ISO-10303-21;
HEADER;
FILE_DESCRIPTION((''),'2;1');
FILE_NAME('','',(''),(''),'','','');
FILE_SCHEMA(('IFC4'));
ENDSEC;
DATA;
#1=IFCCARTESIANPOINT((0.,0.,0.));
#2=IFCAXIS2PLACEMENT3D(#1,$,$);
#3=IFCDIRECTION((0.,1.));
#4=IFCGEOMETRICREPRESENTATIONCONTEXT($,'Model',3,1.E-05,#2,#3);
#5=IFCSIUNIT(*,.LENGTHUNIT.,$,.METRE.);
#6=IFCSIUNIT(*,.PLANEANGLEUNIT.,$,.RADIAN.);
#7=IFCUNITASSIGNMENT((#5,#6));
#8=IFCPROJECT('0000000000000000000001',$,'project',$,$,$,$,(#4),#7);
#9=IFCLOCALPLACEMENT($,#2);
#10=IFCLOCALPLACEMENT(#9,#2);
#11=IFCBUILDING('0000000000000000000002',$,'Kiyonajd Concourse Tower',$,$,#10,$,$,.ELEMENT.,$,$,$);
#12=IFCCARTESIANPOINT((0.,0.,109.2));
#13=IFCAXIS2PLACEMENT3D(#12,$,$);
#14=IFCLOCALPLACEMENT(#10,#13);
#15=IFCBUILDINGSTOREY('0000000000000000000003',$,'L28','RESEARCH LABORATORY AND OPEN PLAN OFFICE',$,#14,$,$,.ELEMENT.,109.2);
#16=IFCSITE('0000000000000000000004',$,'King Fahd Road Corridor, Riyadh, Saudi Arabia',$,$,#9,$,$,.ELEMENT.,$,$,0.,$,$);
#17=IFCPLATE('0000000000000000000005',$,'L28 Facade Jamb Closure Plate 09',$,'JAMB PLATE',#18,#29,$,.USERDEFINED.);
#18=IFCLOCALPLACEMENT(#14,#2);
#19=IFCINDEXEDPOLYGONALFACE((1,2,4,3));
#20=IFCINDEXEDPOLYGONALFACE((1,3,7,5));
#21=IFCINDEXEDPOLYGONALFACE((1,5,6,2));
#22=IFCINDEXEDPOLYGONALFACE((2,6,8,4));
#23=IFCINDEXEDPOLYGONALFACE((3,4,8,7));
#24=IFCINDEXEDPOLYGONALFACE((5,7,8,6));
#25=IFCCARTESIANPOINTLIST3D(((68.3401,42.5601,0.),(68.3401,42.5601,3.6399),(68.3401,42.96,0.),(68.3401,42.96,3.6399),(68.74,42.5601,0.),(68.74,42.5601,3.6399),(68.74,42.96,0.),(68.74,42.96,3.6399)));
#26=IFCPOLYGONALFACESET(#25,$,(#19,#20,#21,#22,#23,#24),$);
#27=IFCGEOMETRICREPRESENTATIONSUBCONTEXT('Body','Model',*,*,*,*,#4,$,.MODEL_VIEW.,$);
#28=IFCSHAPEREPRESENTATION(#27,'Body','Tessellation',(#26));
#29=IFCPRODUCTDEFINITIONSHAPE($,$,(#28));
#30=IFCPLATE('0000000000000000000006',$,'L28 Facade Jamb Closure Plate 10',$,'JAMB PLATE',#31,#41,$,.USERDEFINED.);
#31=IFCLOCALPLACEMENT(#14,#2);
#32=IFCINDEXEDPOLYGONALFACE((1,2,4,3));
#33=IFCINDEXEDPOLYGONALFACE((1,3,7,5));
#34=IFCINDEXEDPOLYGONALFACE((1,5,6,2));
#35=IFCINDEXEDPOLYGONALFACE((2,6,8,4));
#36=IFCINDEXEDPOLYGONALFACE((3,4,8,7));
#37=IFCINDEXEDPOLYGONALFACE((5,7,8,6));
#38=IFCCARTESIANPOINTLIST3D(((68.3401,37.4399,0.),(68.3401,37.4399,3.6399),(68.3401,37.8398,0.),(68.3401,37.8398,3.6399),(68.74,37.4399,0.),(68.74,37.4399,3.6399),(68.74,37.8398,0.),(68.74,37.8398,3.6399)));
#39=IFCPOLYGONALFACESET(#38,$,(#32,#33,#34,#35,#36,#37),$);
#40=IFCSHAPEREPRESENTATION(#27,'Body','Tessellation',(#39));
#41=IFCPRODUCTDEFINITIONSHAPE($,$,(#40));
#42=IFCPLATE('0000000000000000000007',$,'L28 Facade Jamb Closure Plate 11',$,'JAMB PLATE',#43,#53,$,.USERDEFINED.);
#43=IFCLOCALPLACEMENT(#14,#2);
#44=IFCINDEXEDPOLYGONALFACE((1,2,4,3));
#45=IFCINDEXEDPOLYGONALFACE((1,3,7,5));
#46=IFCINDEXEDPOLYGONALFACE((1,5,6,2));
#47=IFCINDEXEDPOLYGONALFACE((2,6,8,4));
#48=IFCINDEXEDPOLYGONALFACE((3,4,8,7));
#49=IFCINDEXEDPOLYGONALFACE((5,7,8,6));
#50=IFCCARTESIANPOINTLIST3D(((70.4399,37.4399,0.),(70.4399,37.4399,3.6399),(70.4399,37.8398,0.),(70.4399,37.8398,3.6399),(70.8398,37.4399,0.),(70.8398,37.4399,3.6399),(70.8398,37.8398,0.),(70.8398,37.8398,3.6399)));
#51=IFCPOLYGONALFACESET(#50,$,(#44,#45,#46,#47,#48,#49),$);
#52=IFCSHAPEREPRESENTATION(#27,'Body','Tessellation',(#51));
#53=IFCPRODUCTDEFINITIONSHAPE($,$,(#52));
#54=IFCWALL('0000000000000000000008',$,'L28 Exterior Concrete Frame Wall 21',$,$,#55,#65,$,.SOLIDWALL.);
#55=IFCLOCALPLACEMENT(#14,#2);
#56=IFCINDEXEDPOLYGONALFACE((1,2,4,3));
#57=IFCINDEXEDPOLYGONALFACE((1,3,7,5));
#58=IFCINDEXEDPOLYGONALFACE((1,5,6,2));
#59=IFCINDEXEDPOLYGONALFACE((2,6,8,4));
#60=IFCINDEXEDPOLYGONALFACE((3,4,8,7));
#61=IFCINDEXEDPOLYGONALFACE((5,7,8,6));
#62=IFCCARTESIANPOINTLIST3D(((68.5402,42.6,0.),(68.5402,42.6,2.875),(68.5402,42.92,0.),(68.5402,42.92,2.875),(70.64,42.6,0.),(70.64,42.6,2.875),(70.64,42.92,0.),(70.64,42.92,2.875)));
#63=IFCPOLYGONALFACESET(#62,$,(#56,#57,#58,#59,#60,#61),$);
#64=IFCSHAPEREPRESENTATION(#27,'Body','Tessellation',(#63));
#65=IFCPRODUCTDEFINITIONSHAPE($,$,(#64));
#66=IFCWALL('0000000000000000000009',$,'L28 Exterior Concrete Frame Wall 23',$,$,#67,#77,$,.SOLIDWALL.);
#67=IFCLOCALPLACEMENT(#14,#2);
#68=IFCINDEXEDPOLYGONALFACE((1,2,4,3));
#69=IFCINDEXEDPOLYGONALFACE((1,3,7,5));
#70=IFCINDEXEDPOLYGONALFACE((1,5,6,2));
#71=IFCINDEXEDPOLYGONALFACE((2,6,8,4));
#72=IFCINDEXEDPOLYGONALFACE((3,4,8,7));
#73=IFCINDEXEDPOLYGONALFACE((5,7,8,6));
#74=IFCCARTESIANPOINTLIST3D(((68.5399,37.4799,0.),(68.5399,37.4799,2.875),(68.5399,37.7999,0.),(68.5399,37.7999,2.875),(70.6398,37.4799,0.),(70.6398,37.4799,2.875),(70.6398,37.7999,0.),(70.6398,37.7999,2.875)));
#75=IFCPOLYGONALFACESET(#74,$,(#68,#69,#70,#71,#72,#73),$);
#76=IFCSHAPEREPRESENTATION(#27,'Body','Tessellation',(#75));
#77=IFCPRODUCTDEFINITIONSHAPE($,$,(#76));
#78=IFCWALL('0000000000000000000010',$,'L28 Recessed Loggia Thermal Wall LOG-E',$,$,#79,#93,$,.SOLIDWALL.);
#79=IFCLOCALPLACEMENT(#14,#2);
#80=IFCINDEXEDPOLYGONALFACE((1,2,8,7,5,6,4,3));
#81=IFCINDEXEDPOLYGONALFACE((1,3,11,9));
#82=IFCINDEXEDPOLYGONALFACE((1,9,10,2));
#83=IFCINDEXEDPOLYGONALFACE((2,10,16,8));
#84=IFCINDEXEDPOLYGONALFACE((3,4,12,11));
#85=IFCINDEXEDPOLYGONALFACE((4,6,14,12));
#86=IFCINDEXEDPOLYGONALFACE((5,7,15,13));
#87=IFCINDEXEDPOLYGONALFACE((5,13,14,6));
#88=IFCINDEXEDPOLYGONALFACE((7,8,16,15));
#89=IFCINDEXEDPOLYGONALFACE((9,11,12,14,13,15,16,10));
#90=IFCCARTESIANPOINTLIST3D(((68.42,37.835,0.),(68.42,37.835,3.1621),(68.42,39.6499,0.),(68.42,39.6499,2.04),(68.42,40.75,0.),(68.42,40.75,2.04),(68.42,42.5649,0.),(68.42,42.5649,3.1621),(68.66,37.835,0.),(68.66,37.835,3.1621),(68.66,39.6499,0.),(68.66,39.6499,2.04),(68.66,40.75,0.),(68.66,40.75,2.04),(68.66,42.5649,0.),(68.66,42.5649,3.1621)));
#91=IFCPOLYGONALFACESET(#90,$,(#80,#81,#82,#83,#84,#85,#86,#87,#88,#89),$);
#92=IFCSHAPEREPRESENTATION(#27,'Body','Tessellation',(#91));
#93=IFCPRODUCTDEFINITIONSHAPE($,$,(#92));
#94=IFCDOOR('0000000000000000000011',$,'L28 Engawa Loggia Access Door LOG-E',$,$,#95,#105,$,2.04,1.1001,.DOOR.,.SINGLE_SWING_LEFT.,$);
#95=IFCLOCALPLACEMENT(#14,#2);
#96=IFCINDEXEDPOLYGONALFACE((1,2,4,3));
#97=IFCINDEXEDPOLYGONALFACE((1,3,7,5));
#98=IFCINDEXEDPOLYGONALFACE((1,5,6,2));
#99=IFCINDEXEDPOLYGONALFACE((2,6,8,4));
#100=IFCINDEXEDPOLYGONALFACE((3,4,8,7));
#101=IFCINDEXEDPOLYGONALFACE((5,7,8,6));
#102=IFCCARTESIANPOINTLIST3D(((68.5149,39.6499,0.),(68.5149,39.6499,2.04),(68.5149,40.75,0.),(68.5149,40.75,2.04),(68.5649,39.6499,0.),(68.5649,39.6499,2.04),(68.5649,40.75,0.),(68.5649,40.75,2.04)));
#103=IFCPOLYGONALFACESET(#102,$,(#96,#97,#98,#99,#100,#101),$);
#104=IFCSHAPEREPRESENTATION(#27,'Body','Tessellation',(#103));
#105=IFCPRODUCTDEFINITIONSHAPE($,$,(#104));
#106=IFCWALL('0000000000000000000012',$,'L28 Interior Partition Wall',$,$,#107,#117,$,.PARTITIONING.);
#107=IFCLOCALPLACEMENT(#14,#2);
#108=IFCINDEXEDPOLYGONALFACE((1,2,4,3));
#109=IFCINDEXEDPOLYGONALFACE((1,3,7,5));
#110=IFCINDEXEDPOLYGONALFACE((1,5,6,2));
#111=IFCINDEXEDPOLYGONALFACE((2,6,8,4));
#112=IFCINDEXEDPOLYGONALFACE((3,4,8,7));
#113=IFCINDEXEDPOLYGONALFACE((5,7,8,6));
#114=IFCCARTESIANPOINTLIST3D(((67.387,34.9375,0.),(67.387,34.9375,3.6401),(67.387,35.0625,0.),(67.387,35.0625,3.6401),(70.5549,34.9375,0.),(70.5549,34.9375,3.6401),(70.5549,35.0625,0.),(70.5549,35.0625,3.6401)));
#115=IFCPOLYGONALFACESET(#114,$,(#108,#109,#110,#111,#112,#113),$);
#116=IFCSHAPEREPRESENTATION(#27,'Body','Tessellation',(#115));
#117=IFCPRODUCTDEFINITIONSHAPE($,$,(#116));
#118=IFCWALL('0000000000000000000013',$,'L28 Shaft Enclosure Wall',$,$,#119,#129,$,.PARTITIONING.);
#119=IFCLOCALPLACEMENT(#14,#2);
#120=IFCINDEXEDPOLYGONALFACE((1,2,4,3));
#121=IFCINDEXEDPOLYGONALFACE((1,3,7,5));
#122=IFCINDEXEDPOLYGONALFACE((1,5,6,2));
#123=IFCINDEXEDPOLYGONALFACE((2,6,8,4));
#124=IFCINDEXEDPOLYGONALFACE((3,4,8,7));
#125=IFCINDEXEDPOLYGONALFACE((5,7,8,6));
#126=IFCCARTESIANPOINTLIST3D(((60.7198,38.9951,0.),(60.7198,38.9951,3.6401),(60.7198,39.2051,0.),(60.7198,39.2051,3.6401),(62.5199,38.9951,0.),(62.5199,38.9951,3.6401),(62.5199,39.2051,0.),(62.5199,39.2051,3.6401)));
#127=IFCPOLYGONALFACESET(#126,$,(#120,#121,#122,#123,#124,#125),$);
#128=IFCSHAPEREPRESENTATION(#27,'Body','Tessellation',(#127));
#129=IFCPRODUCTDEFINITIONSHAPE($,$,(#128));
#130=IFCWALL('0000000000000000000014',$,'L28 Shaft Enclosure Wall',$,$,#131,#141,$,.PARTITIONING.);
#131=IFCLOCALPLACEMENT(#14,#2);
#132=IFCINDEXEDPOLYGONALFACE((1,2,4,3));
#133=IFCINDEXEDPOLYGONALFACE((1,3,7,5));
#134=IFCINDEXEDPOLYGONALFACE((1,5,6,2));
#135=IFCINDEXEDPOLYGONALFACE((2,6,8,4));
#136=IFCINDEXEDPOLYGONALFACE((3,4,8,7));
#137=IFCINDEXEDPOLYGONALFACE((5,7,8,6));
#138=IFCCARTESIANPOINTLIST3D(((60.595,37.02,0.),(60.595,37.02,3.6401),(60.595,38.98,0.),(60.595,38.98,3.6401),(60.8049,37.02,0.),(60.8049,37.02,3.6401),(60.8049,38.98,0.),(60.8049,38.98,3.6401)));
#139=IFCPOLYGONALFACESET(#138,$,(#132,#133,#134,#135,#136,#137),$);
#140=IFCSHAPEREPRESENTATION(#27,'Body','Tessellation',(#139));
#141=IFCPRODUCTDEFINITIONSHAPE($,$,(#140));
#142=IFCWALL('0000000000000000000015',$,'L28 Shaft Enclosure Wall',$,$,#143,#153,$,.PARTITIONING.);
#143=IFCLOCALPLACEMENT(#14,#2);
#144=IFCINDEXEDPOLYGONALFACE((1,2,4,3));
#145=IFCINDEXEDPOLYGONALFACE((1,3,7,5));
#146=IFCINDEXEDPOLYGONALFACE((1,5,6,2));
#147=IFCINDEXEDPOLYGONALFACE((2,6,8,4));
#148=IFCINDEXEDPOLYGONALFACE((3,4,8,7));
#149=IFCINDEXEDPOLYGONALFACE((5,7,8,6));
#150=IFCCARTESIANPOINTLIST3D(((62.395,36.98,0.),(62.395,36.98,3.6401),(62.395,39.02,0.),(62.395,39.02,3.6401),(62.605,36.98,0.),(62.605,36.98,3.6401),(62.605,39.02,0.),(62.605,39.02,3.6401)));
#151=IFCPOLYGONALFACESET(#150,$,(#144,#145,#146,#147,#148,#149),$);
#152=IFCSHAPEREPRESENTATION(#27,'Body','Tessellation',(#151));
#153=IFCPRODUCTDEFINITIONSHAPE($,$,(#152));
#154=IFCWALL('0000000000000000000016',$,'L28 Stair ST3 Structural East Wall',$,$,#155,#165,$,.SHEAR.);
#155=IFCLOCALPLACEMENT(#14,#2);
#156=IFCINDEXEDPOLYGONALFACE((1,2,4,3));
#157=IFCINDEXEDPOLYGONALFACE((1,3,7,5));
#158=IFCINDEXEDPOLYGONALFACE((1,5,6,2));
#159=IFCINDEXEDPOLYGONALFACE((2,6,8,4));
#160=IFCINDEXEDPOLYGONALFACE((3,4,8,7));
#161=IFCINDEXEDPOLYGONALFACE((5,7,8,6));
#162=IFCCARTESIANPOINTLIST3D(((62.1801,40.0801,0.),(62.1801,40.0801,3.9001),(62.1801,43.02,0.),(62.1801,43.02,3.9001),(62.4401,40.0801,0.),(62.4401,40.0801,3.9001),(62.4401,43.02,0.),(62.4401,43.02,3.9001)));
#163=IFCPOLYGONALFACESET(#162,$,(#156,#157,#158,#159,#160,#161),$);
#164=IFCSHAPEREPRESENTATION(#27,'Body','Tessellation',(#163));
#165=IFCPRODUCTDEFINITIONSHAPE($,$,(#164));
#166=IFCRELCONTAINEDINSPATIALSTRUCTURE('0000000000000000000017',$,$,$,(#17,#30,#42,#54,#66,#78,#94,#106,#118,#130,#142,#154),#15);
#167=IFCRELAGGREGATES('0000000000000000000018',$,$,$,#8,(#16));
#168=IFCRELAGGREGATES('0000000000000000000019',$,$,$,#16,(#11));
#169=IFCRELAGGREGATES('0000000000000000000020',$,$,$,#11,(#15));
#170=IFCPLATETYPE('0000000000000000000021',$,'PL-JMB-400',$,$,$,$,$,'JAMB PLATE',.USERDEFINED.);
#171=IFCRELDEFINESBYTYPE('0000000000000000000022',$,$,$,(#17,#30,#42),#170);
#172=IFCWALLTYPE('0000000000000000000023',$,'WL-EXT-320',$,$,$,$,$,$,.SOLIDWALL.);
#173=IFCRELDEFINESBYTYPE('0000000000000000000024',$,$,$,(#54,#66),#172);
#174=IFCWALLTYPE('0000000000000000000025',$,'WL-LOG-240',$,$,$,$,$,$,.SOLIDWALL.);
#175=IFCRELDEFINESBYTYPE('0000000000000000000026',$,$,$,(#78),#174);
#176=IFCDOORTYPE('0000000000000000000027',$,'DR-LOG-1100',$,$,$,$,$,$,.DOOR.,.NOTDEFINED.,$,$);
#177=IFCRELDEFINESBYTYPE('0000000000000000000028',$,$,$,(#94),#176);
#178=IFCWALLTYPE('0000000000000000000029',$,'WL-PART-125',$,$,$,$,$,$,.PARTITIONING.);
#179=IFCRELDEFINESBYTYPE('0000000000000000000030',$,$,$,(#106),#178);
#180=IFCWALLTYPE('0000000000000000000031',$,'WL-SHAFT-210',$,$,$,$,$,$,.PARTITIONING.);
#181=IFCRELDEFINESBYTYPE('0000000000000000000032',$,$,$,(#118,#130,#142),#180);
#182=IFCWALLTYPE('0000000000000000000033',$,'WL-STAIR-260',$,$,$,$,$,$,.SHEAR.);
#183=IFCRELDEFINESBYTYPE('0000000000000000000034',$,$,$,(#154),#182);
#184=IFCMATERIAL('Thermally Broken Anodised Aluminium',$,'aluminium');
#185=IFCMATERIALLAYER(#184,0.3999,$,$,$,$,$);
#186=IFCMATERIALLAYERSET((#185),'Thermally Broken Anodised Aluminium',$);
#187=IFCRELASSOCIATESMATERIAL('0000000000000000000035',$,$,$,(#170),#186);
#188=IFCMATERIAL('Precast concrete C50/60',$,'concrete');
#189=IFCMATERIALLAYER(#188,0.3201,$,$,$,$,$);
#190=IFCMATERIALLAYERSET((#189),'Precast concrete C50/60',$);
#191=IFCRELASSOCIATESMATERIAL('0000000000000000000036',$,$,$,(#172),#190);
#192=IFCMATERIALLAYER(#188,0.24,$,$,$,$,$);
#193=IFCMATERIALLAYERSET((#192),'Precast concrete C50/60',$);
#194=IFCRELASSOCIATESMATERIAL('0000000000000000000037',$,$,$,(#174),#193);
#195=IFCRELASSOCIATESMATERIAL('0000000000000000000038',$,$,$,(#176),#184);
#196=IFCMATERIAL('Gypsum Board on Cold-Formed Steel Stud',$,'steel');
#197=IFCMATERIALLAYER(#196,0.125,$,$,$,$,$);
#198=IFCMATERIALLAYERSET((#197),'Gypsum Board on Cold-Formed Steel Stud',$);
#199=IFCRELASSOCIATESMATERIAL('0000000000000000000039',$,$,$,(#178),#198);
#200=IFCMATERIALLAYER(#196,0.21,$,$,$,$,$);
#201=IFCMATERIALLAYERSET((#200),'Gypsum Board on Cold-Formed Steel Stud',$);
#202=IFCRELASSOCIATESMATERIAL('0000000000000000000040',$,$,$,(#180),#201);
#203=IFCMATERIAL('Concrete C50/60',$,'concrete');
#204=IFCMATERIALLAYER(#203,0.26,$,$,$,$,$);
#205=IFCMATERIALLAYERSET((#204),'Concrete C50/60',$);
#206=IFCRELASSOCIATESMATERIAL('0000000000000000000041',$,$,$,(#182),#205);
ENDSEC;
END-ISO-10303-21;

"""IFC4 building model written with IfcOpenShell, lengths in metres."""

from ifc_helpers import new_model, si_unit, direction, frame, frame_2d, origin, origin_2d, place, context, subcontext, project, spatial, rectangle, extrude, material, layer, layer_set, type_object, element, fill, save


model = new_model("IFC4")

# Units and contexts
model_context = context("Model", 3, precision=1e-05, world=origin(), true_north=direction((0.0, 1.0)))
body_context = subcontext(model_context, "Body", "Model", "MODEL_VIEW")
ifc_project = project(units=[si_unit("LENGTHUNIT", "METRE"), si_unit("PLANEANGLEUNIT", "RADIAN")], contexts=[model_context])

# Site, building, storey
site_placement = place(None, origin())
site = spatial("IfcSite", under=ifc_project, at=site_placement, Name="King Fahd Road Corridor, Riyadh, Saudi Arabia", CompositionType="ELEMENT", RefElevation=0.0)
building_placement = place(site_placement, origin())
building = spatial("IfcBuilding", under=site, at=building_placement, Name="Kiyonajd Concourse Tower", CompositionType="ELEMENT")
storey_placement = place(building_placement, frame((0.0, 0.0, 109.2)))
storey = spatial("IfcBuildingStorey", under=building, at=storey_placement, Name="L28", Description="RESEARCH LABORATORY AND OPEN PLAN OFFICE", CompositionType="ELEMENT", Elevation=109.2)

# Shared definitions
ifc_material_1 = material(Name="Precast concrete C50/60", Category="concrete")

# Shared definitions
ifc_material_2 = material(Name="Thermally Broken Anodised Aluminium", Category="aluminium")

# Plates
ifc_layer_1 = layer(ifc_material_2, 0.3999)
ifc_layer_set_1 = layer_set([ifc_layer_1], Name="Thermally Broken Anodised Aluminium")
plate_type_1 = type_object("IfcPlateType", Name="PL-JMB-400", ElementType="JAMB PLATE", PredefinedType="USERDEFINED", material=ifc_layer_set_1)
for number, where, z_axis, x_axis, name in (
    (1, (68.54, 42.76, 0.0), (0.0, 0.0, 1.0), (1.0, 0.0, 0.0), "L28 Facade Jamb Closure Plate 09"),
    (2, (68.54, 37.6399, 0.0), (0.0, 0.0, 1.0), (1.0, 0.0, 0.0), "L28 Facade Jamb Closure Plate 10"),
    (3, (70.6399, 37.6399, 0.0), (0.0, 0.0, 1.0), (1.0, 0.0, 0.0), "L28 Facade Jamb Closure Plate 11"),
):
    element("IfcPlate", number, at=place(storey_placement, frame(where, z_axis=z_axis, x_axis=x_axis)), inside=storey, type_object=plate_type_1, Name=name, ObjectType="JAMB PLATE", PredefinedType="USERDEFINED", context=body_context, shape_type="SweptSolid", body=[
        extrude(rectangle(XDim=0.3999, YDim=0.3999, at=origin_2d()), origin(), (0.0, 0.0, 1.0), 3.6399),
    ])

# Walls
ifc_layer_2 = layer(ifc_material_1, 0.3201)
ifc_layer_set_2 = layer_set([ifc_layer_2], Name="Precast concrete C50/60")
wall_type_1 = type_object("IfcWallType", Name="WL-EXT-320", PredefinedType="SOLIDWALL", material=ifc_layer_set_2)
for number, where, z_axis, x_axis, name in (
    (4, (70.6399, 42.76, 0.0), (0.0, 0.0, 1.0), (-1.0, 0.0, 0.0), "L28 Exterior Concrete Frame Wall 21"),
    (5, (68.54, 37.6399, 0.0), (0.0, 0.0, 1.0), (1.0, 0.0, 0.0), "L28 Exterior Concrete Frame Wall 23"),
):
    element("IfcWall", number, at=place(storey_placement, frame(where, z_axis=z_axis, x_axis=x_axis)), inside=storey, type_object=wall_type_1, Name=name, PredefinedType="SOLIDWALL", context=body_context, shape_type="SweptSolid", body=[
        extrude(rectangle(XDim=2.0999, YDim=0.3201, at=frame_2d((1.0498, 0.0))), origin(), (0.0, 0.0, 1.0), 2.875),
    ])

# Wall, opening, door
ifc_layer_3 = layer(ifc_material_1, 0.24)
ifc_layer_set_3 = layer_set([ifc_layer_3], Name="Precast concrete C50/60")
wall_type_2 = type_object("IfcWallType", Name="WL-LOG-240", PredefinedType="SOLIDWALL", material=ifc_layer_set_3)
wall_1_placement = place(storey_placement, frame((68.54, 42.5649, 0.0), z_axis=(0.0, 0.0, 1.0), x_axis=(0.0, -1.0, 0.0)))
wall_1 = element("IfcWall", 6, at=wall_1_placement, inside=storey, type_object=wall_type_2, Name="L28 Recessed Loggia Thermal Wall LOG-E", PredefinedType="SOLIDWALL", context=body_context, shape_type="SweptSolid", body=[
    extrude(rectangle(XDim=4.73, YDim=0.24, at=frame_2d((2.365, 0.0))), origin(), (0.0, 0.0, 1.0), 3.1621),
])
opening_placement = place(wall_1_placement, frame((1.8149, 0.0, 0.0)))
opening = element("IfcOpeningElement", 7, at=opening_placement, cuts=wall_1, PredefinedType="OPENING", context=body_context, shape_type="SweptSolid", body=[
    extrude(rectangle(XDim=1.1001, YDim=2.04, at=frame_2d((0.55, 1.02))), frame((0.0, 0.1299, 0.0), z_axis=(0.0, -1.0, 0.0), x_axis=(1.0, 0.0, 0.0)), (0.0, 0.0, 1.0), 0.26),
])
door_type = type_object("IfcDoorType", Name="DR-LOG-1100", OperationType="NOTDEFINED", PredefinedType="DOOR", material=ifc_material_2)
door_placement = place(opening_placement, origin())
door = element("IfcDoor", 8, at=door_placement, inside=storey, type_object=door_type, Name="L28 Engawa Loggia Access Door LOG-E", OperationType="SINGLE_SWING_LEFT", OverallHeight=2.04, OverallWidth=1.1001, PredefinedType="DOOR", context=body_context, shape_type="SweptSolid", body=[
    extrude(rectangle(XDim=1.1001, YDim=2.04, at=frame_2d((0.55, 1.02))), frame((0.0, 0.0249, 0.0), z_axis=(0.0, -1.0, 0.0), x_axis=(1.0, 0.0, 0.0)), (0.0, 0.0, 1.0), 0.05),
])
fill(opening, door)

# Walls
ifc_material_3 = material(Name="Gypsum Board on Cold-Formed Steel Stud", Category="steel")
ifc_layer_4 = layer(ifc_material_3, 0.125)
ifc_layer_set_4 = layer_set([ifc_layer_4], Name="Gypsum Board on Cold-Formed Steel Stud")
wall_type_3 = type_object("IfcWallType", Name="WL-PART-125", PredefinedType="PARTITIONING", material=ifc_layer_set_4)
wall_2_placement = place(storey_placement, frame((67.387, 35.0, 0.0), z_axis=(0.0, 0.0, 1.0), x_axis=(1.0, 0.0, 0.0)))
element("IfcWall", 9, at=wall_2_placement, inside=storey, type_object=wall_type_3, Name="L28 Interior Partition Wall", PredefinedType="PARTITIONING", context=body_context, shape_type="SweptSolid", body=[
    extrude(rectangle(XDim=3.168, YDim=0.125, at=frame_2d((1.584, 0.0))), origin(), (0.0, 0.0, 1.0), 3.6401),
])
ifc_layer_5 = layer(ifc_material_3, 0.21)
ifc_layer_set_5 = layer_set([ifc_layer_5], Name="Gypsum Board on Cold-Formed Steel Stud")
wall_type_4 = type_object("IfcWallType", Name="WL-SHAFT-210", PredefinedType="PARTITIONING", material=ifc_layer_set_5)
wall_3_placement = place(storey_placement, frame((60.72, 39.1001, 0.0), z_axis=(0.0, 0.0, 1.0), x_axis=(1.0, 0.0, 0.0)))
element("IfcWall", 10, at=wall_3_placement, inside=storey, type_object=wall_type_4, Name="L28 Shaft Enclosure Wall", PredefinedType="PARTITIONING", context=body_context, shape_type="SweptSolid", body=[
    extrude(rectangle(XDim=1.8, YDim=0.21, at=frame_2d((0.8999, 0.0))), origin(), (0.0, 0.0, 1.0), 3.6401),
])
wall_4_placement = place(storey_placement, frame((60.7, 37.02, 0.0), z_axis=(0.0, 0.0, 1.0), x_axis=(0.0, 1.0, 0.0)))
element("IfcWall", 11, at=wall_4_placement, inside=storey, type_object=wall_type_4, Name="L28 Shaft Enclosure Wall", PredefinedType="PARTITIONING", context=body_context, shape_type="SweptSolid", body=[
    extrude(rectangle(XDim=1.96, YDim=0.21, at=frame_2d((0.98, 0.0))), origin(), (0.0, 0.0, 1.0), 3.6401),
])
wall_5_placement = place(storey_placement, frame((62.5, 36.98, 0.0), z_axis=(0.0, 0.0, 1.0), x_axis=(0.0, 1.0, 0.0)))
element("IfcWall", 12, at=wall_5_placement, inside=storey, type_object=wall_type_4, Name="L28 Shaft Enclosure Wall", PredefinedType="PARTITIONING", context=body_context, shape_type="SweptSolid", body=[
    extrude(rectangle(XDim=2.04, YDim=0.21, at=frame_2d((1.02, 0.0))), origin(), (0.0, 0.0, 1.0), 3.6401),
])
ifc_material_4 = material(Name="Concrete C50/60", Category="concrete")
ifc_layer_6 = layer(ifc_material_4, 0.26)
ifc_layer_set_6 = layer_set([ifc_layer_6], Name="Concrete C50/60")
wall_type_5 = type_object("IfcWallType", Name="WL-STAIR-260", PredefinedType="SHEAR", material=ifc_layer_set_6)
wall_6_placement = place(storey_placement, frame((62.3101, 40.0801, 0.0), z_axis=(0.0, 0.0, 1.0), x_axis=(0.0, 1.0, 0.0)))
element("IfcWall", 13, at=wall_6_placement, inside=storey, type_object=wall_type_5, Name="L28 Stair ST3 Structural East Wall", PredefinedType="SHEAR", context=body_context, shape_type="SweptSolid", body=[
    extrude(rectangle(XDim=2.9399, YDim=0.26, at=frame_2d((1.47, 0.0))), origin(), (0.0, 0.0, 1.0), 3.9001),
])

save(model, "model.ifc")
